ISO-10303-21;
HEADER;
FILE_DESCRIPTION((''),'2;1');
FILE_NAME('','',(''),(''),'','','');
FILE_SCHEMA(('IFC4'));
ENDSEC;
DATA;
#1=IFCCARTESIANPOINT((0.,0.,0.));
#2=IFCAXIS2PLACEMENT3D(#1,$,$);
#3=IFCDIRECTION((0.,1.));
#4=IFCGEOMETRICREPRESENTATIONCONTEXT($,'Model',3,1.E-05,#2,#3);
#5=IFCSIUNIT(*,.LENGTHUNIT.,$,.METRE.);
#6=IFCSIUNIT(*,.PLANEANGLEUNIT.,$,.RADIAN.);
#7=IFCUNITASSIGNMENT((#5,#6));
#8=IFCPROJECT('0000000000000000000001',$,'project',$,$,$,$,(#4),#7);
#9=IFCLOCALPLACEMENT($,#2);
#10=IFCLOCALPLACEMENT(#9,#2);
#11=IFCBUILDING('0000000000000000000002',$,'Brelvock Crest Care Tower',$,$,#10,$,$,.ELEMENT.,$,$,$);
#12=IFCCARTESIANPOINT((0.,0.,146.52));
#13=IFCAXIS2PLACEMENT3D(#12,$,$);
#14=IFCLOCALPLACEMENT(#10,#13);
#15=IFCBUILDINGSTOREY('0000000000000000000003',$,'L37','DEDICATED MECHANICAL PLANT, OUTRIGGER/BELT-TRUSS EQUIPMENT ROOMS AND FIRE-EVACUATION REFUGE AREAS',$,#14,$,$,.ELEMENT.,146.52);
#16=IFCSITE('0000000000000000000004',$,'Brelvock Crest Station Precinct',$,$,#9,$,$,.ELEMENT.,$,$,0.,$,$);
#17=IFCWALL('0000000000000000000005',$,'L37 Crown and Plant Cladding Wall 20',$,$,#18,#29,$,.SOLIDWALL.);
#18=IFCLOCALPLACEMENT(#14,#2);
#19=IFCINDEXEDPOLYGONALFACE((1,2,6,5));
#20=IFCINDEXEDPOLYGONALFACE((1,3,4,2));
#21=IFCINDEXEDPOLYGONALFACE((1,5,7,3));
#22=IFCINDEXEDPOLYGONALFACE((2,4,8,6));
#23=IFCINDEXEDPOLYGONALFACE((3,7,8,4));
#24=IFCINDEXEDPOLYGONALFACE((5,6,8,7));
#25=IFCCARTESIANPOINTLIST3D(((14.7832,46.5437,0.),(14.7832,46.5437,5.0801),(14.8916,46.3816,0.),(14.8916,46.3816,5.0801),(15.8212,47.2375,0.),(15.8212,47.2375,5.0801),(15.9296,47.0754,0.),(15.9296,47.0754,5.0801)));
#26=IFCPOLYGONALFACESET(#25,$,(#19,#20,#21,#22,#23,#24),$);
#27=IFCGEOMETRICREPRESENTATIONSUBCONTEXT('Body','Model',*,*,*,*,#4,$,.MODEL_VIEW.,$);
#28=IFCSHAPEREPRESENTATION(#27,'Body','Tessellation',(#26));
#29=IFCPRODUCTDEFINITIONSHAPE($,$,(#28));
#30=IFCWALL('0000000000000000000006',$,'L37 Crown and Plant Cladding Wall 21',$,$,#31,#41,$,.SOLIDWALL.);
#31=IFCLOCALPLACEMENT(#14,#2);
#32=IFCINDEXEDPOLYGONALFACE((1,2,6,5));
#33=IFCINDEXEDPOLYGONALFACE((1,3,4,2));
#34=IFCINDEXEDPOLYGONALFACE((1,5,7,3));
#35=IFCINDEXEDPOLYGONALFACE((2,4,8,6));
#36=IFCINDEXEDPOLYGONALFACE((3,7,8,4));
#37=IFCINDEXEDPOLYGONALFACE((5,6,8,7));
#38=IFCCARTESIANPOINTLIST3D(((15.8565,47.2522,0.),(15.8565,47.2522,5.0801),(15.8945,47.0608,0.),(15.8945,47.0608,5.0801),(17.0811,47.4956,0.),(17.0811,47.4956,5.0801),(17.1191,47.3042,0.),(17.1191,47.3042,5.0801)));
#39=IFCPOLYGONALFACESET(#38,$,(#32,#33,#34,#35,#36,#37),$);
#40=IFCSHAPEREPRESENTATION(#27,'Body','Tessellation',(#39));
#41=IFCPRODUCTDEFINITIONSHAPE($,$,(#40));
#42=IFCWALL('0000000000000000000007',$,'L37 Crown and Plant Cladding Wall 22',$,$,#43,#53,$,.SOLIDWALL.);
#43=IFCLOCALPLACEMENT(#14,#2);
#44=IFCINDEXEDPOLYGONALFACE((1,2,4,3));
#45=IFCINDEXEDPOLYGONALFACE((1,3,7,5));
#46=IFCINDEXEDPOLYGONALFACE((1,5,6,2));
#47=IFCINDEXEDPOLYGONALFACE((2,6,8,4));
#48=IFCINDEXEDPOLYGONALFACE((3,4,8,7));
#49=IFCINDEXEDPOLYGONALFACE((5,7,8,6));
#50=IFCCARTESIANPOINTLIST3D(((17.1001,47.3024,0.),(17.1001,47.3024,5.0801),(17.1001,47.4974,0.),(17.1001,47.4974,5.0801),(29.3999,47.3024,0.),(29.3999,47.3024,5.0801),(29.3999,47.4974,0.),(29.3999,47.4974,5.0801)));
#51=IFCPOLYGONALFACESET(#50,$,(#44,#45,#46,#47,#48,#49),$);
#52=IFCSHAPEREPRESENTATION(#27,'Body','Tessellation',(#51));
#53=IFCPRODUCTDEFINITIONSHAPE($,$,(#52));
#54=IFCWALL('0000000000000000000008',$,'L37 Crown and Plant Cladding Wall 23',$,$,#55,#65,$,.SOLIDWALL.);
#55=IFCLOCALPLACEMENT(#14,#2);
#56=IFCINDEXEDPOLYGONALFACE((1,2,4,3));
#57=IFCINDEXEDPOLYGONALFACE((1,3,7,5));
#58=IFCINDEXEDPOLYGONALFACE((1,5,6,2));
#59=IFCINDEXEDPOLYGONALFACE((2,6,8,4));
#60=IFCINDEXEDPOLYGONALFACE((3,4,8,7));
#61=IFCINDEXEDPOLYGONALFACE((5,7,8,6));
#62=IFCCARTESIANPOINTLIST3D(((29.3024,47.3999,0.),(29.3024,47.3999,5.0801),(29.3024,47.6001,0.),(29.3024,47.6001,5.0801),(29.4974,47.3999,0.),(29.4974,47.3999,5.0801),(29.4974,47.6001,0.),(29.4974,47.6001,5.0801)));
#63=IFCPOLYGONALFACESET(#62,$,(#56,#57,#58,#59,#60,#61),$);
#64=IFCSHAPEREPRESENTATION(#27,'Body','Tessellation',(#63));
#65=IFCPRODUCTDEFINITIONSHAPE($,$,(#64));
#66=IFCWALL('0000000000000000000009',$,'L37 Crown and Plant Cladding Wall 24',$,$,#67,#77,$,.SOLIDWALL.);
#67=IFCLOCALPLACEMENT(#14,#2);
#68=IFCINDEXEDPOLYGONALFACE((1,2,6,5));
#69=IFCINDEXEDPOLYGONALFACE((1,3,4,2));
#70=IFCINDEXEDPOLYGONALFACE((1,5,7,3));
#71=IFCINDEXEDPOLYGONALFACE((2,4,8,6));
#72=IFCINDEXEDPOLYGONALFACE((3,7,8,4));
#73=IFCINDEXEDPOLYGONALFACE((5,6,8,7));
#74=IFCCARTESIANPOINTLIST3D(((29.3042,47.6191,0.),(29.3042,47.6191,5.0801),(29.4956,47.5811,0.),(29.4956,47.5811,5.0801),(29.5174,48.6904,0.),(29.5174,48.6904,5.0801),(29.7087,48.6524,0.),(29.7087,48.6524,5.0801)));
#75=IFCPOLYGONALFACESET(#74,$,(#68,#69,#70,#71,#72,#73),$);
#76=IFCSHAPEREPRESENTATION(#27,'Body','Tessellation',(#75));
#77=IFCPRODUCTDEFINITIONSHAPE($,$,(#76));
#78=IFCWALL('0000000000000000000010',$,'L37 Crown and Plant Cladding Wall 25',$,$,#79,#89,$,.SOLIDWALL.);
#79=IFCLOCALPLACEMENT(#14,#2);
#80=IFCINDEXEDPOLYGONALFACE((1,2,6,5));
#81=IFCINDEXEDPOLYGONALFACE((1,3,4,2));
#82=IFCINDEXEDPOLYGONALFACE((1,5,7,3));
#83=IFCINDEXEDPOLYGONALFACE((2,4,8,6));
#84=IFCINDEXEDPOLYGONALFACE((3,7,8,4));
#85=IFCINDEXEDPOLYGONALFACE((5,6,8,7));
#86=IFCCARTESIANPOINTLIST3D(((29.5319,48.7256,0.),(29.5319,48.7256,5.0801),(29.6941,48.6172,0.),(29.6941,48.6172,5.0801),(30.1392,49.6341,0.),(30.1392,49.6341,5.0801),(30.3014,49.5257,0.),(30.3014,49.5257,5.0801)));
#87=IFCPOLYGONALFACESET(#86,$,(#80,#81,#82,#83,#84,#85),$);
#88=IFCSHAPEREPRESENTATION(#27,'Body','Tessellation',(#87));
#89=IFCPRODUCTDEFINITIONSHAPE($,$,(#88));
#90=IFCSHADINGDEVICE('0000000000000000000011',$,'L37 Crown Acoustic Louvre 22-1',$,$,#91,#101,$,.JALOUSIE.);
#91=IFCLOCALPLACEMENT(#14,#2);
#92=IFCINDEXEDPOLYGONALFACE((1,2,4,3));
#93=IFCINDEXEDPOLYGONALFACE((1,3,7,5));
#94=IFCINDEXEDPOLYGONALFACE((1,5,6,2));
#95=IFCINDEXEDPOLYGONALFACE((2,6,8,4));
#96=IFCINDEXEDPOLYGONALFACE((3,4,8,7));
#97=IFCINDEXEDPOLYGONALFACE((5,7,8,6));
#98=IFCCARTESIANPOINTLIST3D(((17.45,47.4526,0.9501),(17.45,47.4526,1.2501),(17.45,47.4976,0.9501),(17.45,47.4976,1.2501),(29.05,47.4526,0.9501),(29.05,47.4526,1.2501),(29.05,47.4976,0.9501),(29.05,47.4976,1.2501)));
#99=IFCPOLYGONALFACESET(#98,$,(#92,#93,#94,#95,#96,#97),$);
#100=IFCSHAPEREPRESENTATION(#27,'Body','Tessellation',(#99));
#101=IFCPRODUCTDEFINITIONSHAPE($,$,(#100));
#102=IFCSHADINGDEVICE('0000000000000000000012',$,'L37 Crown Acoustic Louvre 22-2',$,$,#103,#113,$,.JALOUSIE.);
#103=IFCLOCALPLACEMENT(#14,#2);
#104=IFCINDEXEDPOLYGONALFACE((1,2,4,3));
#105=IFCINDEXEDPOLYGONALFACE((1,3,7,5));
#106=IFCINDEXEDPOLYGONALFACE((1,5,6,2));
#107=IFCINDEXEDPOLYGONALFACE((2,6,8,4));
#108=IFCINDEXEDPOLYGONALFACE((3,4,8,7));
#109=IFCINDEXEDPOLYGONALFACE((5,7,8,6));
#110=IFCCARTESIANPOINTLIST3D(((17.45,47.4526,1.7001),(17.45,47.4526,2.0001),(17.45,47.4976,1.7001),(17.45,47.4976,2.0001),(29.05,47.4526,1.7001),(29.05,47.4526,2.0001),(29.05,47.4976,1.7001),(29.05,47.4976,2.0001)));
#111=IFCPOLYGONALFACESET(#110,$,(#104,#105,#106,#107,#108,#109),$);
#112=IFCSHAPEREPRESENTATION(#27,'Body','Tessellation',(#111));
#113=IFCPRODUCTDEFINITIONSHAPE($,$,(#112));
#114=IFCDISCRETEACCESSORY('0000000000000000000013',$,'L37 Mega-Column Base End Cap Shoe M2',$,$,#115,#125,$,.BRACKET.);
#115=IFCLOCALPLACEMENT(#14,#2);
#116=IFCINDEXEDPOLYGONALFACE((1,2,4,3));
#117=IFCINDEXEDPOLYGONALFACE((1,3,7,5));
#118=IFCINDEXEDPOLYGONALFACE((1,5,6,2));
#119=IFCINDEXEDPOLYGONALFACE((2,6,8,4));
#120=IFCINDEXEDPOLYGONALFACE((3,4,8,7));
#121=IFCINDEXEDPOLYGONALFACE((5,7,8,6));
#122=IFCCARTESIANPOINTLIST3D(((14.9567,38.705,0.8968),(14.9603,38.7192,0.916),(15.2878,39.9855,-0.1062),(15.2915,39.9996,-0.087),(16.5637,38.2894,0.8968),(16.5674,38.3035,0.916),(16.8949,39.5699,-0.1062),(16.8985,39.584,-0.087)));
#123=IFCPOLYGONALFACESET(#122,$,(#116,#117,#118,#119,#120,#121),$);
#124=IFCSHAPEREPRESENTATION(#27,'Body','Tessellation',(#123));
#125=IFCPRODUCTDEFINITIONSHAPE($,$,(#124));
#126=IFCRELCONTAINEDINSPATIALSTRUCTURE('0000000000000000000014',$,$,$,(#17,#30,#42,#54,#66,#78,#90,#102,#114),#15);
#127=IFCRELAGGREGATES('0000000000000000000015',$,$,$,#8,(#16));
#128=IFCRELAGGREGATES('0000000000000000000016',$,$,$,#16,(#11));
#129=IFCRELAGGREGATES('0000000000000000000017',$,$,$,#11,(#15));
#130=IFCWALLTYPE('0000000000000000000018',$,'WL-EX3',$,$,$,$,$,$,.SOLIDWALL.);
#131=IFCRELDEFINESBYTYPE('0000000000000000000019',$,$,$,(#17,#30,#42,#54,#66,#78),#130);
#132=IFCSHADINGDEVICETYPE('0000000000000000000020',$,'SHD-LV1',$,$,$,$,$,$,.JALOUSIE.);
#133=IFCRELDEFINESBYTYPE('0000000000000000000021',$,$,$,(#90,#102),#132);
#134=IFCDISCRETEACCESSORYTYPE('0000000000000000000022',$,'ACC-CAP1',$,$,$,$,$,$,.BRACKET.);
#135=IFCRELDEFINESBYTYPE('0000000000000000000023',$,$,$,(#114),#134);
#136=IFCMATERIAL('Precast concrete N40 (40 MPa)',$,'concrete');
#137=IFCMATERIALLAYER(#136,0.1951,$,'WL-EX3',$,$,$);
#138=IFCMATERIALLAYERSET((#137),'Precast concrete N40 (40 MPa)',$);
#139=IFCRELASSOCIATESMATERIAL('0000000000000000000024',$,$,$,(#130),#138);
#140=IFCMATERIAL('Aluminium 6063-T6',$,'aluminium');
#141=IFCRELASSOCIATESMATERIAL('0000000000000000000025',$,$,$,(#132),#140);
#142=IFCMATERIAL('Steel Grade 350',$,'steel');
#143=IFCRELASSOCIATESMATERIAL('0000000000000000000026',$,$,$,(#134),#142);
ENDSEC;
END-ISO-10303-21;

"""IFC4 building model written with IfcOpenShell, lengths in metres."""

from ifc_helpers import new_model, si_unit, direction, frame, frame_2d, origin, origin_2d, place, context, subcontext, project, spatial, rectangle, extrude, source, transform, mapped, material, layer, layer_set, material_profile, profile_set, type_object, element, save


model = new_model("IFC4")

# Units and contexts
model_context = context("Model", 3, precision=1e-05, world=origin(), true_north=direction((0.0, 1.0)))
body_context = subcontext(model_context, "Body", "Model", "MODEL_VIEW")
ifc_project = project(units=[si_unit("LENGTHUNIT", "METRE"), si_unit("PLANEANGLEUNIT", "RADIAN")], contexts=[model_context])

# Site, building, storey
site_placement = place(None, origin())
site = spatial("IfcSite", under=ifc_project, at=site_placement, Name="Brelvock Crest Station Precinct", CompositionType="ELEMENT", RefElevation=0.0)
building_placement = place(site_placement, origin())
building = spatial("IfcBuilding", under=site, at=building_placement, Name="Brelvock Crest Care Tower", CompositionType="ELEMENT")
storey_placement = place(building_placement, frame((0.0, 0.0, 146.52)))
storey = spatial("IfcBuildingStorey", under=building, at=storey_placement, Name="L37", Description="DEDICATED MECHANICAL PLANT, OUTRIGGER/BELT-TRUSS EQUIPMENT ROOMS AND FIRE-EVACUATION REFUGE AREAS", CompositionType="ELEMENT", Elevation=146.52)

# Shared definitions
ifc_material_1 = material(Name="Steel Grade 350", Category="steel")

# Walls
ifc_material_2 = material(Name="Precast concrete N40 (40 MPa)", Category="concrete")
ifc_layer = layer(ifc_material_2, 0.1951, Name="WL-EX3")
ifc_layer_set = layer_set([ifc_layer], Name="Precast concrete N40 (40 MPa)")
wall_type = type_object("IfcWallType", Name="WL-EX3", PredefinedType="SOLIDWALL", material=ifc_layer_set)
for number, where, z_axis, x_axis, name in (
    (1, (14.8374, 46.4626, 0.0), (0.0, 0.0, 1.0), (0.831388, 0.555692, 0.0), "L37 Crown and Plant Cladding Wall 20"),
    (2, (15.8755, 47.1565, 0.0), (0.0, 0.0, 1.0), (0.980813, 0.19495, 0.0), "L37 Crown and Plant Cladding Wall 21"),
):
    element("IfcWall", number, at=place(storey_placement, frame(where, z_axis=z_axis, x_axis=x_axis)), inside=storey, type_object=wall_type, Name=name, PredefinedType="SOLIDWALL", context=body_context, shape_type="SweptSolid", body=[
        extrude(rectangle(XDim=1.2485, YDim=0.1951, at=frame_2d((0.6243, 0.0))), origin(), (0.0, 0.0, 1.0), 5.0801),
    ])
wall_1_placement = place(storey_placement, frame((17.1001, 47.3999, 0.0), z_axis=(0.0, 0.0, 1.0), x_axis=(1.0, 0.0, 0.0)))
element("IfcWall", 3, at=wall_1_placement, inside=storey, type_object=wall_type, Name="L37 Crown and Plant Cladding Wall 22", PredefinedType="SOLIDWALL", context=body_context, shape_type="SweptSolid", body=[
    extrude(rectangle(XDim=12.2998, YDim=0.1951, at=frame_2d((6.1499, 0.0))), origin(), (0.0, 0.0, 1.0), 5.0801),
])
wall_2_placement = place(storey_placement, frame((29.3999, 47.3999, 0.0), z_axis=(0.0, 0.0, 1.0), x_axis=(0.0, 1.0, 0.0)))
element("IfcWall", 4, at=wall_2_placement, inside=storey, type_object=wall_type, Name="L37 Crown and Plant Cladding Wall 23", PredefinedType="SOLIDWALL", context=body_context, shape_type="SweptSolid", body=[
    extrude(rectangle(XDim=0.2002, YDim=0.1951, at=frame_2d((0.1001, 0.0))), origin(), (0.0, 0.0, 1.0), 5.0801),
])
wall_3_placement = place(storey_placement, frame((29.3999, 47.6001, 0.0), z_axis=(0.0, 0.0, 1.0), x_axis=(0.195127, 0.980778, 0.0)))
element("IfcWall", 5, at=wall_3_placement, inside=storey, type_object=wall_type, Name="L37 Crown and Plant Cladding Wall 24", PredefinedType="SOLIDWALL", context=body_context, shape_type="SweptSolid", body=[
    extrude(rectangle(XDim=1.0923, YDim=0.1951, at=frame_2d((0.5461, 0.0))), origin(), (0.0, 0.0, 1.0), 5.0801),
])
wall_4_placement = place(storey_placement, frame((29.613, 48.6714, 0.0), z_axis=(0.0, 0.0, 1.0), x_axis=(0.555679, 0.831397, 0.0)))
element("IfcWall", 6, at=wall_4_placement, inside=storey, type_object=wall_type, Name="L37 Crown and Plant Cladding Wall 25", PredefinedType="SOLIDWALL", context=body_context, shape_type="SweptSolid", body=[
    extrude(rectangle(XDim=1.0928, YDim=0.1951, at=frame_2d((0.5464, 0.0))), origin(), (0.0, 0.0, 1.0), 5.0801),
])

# Shading devices
ifc_material_3 = material(Name="Aluminium 6063-T6", Category="aluminium")
ifc_material_profile_1 = material_profile(ifc_material_3, rectangle(XDim=0.0449, YDim=0.3, at=origin_2d()), Name="LOUVRE45x300")
ifc_profile_set_1 = profile_set([ifc_material_profile_1], Name="Aluminium 6063-T6")
shading_device_type = type_object("IfcShadingDeviceType", Name="SHD-LV1", PredefinedType="JALOUSIE", material=ifc_profile_set_1)
shared_shape_1 = source(origin(), body_context, "Body", "SweptSolid", [
    extrude(rectangle(XDim=0.0449, YDim=0.3, at=origin_2d()), origin(), (0.0, 0.0, 1.0), 11.6001),
])
for number, where, z_axis, x_axis, name in (
    (7, (17.45, 47.4751, 1.1001), (1.0, 0.0, 0.0), (0.0, 1.0, 0.0), "L37 Crown Acoustic Louvre 22-1"),
    (8, (17.45, 47.4751, 1.8501), (1.0, 0.0, 0.0), (0.0, 1.0, 0.0), "L37 Crown Acoustic Louvre 22-2"),
):
    element("IfcShadingDevice", number, at=place(storey_placement, frame(where, z_axis=z_axis, x_axis=x_axis)), inside=storey, type_object=shading_device_type, Name=name, PredefinedType="JALOUSIE", context=body_context, shape_type="MappedRepresentation", body=[
        mapped(shared_shape_1, transform((0.0, 0.0, 0.0), x_axis=(1.0, 0.0, 0.0), y_axis=(0.0, 1.0, 0.0), z_axis=(0.0, 0.0, 1.0), scale=1.0)),
    ])

# Discrete accessory
ifc_material_profile_2 = material_profile(ifc_material_1, rectangle(XDim=1.6599, YDim=1.6599, at=origin_2d()), Name="ACC-CAP1")
ifc_profile_set_2 = profile_set([ifc_material_profile_2], Name="Steel Grade 350")
discrete_accessory_type = type_object("IfcDiscreteAccessoryType", Name="ACC-CAP1", PredefinedType="BRACKET", material=ifc_profile_set_2)
shared_shape_2 = source(origin(), body_context, "Body", "SweptSolid", [
    extrude(rectangle(XDim=1.6599, YDim=1.6599, at=origin_2d()), origin(), (0.0, 0.0, 1.0), 0.0242),
])
discrete_accessory_placement = place(storey_placement, frame((15.9258, 39.1375, 0.3953), z_axis=(0.151291, 0.584994, 0.796802), x_axis=(-0.968147, 0.250383, 0.0)))
element("IfcDiscreteAccessory", 9, at=discrete_accessory_placement, inside=storey, type_object=discrete_accessory_type, Name="L37 Mega-Column Base End Cap Shoe M2", PredefinedType="BRACKET", context=body_context, shape_type="MappedRepresentation", body=[
    mapped(shared_shape_2, transform((0.0, 0.0, 0.0), x_axis=(1.0, 0.0, 0.0), y_axis=(0.0, 1.0, 0.0), z_axis=(0.0, 0.0, 1.0), scale=1.0)),
])

save(model, "model.ifc")
